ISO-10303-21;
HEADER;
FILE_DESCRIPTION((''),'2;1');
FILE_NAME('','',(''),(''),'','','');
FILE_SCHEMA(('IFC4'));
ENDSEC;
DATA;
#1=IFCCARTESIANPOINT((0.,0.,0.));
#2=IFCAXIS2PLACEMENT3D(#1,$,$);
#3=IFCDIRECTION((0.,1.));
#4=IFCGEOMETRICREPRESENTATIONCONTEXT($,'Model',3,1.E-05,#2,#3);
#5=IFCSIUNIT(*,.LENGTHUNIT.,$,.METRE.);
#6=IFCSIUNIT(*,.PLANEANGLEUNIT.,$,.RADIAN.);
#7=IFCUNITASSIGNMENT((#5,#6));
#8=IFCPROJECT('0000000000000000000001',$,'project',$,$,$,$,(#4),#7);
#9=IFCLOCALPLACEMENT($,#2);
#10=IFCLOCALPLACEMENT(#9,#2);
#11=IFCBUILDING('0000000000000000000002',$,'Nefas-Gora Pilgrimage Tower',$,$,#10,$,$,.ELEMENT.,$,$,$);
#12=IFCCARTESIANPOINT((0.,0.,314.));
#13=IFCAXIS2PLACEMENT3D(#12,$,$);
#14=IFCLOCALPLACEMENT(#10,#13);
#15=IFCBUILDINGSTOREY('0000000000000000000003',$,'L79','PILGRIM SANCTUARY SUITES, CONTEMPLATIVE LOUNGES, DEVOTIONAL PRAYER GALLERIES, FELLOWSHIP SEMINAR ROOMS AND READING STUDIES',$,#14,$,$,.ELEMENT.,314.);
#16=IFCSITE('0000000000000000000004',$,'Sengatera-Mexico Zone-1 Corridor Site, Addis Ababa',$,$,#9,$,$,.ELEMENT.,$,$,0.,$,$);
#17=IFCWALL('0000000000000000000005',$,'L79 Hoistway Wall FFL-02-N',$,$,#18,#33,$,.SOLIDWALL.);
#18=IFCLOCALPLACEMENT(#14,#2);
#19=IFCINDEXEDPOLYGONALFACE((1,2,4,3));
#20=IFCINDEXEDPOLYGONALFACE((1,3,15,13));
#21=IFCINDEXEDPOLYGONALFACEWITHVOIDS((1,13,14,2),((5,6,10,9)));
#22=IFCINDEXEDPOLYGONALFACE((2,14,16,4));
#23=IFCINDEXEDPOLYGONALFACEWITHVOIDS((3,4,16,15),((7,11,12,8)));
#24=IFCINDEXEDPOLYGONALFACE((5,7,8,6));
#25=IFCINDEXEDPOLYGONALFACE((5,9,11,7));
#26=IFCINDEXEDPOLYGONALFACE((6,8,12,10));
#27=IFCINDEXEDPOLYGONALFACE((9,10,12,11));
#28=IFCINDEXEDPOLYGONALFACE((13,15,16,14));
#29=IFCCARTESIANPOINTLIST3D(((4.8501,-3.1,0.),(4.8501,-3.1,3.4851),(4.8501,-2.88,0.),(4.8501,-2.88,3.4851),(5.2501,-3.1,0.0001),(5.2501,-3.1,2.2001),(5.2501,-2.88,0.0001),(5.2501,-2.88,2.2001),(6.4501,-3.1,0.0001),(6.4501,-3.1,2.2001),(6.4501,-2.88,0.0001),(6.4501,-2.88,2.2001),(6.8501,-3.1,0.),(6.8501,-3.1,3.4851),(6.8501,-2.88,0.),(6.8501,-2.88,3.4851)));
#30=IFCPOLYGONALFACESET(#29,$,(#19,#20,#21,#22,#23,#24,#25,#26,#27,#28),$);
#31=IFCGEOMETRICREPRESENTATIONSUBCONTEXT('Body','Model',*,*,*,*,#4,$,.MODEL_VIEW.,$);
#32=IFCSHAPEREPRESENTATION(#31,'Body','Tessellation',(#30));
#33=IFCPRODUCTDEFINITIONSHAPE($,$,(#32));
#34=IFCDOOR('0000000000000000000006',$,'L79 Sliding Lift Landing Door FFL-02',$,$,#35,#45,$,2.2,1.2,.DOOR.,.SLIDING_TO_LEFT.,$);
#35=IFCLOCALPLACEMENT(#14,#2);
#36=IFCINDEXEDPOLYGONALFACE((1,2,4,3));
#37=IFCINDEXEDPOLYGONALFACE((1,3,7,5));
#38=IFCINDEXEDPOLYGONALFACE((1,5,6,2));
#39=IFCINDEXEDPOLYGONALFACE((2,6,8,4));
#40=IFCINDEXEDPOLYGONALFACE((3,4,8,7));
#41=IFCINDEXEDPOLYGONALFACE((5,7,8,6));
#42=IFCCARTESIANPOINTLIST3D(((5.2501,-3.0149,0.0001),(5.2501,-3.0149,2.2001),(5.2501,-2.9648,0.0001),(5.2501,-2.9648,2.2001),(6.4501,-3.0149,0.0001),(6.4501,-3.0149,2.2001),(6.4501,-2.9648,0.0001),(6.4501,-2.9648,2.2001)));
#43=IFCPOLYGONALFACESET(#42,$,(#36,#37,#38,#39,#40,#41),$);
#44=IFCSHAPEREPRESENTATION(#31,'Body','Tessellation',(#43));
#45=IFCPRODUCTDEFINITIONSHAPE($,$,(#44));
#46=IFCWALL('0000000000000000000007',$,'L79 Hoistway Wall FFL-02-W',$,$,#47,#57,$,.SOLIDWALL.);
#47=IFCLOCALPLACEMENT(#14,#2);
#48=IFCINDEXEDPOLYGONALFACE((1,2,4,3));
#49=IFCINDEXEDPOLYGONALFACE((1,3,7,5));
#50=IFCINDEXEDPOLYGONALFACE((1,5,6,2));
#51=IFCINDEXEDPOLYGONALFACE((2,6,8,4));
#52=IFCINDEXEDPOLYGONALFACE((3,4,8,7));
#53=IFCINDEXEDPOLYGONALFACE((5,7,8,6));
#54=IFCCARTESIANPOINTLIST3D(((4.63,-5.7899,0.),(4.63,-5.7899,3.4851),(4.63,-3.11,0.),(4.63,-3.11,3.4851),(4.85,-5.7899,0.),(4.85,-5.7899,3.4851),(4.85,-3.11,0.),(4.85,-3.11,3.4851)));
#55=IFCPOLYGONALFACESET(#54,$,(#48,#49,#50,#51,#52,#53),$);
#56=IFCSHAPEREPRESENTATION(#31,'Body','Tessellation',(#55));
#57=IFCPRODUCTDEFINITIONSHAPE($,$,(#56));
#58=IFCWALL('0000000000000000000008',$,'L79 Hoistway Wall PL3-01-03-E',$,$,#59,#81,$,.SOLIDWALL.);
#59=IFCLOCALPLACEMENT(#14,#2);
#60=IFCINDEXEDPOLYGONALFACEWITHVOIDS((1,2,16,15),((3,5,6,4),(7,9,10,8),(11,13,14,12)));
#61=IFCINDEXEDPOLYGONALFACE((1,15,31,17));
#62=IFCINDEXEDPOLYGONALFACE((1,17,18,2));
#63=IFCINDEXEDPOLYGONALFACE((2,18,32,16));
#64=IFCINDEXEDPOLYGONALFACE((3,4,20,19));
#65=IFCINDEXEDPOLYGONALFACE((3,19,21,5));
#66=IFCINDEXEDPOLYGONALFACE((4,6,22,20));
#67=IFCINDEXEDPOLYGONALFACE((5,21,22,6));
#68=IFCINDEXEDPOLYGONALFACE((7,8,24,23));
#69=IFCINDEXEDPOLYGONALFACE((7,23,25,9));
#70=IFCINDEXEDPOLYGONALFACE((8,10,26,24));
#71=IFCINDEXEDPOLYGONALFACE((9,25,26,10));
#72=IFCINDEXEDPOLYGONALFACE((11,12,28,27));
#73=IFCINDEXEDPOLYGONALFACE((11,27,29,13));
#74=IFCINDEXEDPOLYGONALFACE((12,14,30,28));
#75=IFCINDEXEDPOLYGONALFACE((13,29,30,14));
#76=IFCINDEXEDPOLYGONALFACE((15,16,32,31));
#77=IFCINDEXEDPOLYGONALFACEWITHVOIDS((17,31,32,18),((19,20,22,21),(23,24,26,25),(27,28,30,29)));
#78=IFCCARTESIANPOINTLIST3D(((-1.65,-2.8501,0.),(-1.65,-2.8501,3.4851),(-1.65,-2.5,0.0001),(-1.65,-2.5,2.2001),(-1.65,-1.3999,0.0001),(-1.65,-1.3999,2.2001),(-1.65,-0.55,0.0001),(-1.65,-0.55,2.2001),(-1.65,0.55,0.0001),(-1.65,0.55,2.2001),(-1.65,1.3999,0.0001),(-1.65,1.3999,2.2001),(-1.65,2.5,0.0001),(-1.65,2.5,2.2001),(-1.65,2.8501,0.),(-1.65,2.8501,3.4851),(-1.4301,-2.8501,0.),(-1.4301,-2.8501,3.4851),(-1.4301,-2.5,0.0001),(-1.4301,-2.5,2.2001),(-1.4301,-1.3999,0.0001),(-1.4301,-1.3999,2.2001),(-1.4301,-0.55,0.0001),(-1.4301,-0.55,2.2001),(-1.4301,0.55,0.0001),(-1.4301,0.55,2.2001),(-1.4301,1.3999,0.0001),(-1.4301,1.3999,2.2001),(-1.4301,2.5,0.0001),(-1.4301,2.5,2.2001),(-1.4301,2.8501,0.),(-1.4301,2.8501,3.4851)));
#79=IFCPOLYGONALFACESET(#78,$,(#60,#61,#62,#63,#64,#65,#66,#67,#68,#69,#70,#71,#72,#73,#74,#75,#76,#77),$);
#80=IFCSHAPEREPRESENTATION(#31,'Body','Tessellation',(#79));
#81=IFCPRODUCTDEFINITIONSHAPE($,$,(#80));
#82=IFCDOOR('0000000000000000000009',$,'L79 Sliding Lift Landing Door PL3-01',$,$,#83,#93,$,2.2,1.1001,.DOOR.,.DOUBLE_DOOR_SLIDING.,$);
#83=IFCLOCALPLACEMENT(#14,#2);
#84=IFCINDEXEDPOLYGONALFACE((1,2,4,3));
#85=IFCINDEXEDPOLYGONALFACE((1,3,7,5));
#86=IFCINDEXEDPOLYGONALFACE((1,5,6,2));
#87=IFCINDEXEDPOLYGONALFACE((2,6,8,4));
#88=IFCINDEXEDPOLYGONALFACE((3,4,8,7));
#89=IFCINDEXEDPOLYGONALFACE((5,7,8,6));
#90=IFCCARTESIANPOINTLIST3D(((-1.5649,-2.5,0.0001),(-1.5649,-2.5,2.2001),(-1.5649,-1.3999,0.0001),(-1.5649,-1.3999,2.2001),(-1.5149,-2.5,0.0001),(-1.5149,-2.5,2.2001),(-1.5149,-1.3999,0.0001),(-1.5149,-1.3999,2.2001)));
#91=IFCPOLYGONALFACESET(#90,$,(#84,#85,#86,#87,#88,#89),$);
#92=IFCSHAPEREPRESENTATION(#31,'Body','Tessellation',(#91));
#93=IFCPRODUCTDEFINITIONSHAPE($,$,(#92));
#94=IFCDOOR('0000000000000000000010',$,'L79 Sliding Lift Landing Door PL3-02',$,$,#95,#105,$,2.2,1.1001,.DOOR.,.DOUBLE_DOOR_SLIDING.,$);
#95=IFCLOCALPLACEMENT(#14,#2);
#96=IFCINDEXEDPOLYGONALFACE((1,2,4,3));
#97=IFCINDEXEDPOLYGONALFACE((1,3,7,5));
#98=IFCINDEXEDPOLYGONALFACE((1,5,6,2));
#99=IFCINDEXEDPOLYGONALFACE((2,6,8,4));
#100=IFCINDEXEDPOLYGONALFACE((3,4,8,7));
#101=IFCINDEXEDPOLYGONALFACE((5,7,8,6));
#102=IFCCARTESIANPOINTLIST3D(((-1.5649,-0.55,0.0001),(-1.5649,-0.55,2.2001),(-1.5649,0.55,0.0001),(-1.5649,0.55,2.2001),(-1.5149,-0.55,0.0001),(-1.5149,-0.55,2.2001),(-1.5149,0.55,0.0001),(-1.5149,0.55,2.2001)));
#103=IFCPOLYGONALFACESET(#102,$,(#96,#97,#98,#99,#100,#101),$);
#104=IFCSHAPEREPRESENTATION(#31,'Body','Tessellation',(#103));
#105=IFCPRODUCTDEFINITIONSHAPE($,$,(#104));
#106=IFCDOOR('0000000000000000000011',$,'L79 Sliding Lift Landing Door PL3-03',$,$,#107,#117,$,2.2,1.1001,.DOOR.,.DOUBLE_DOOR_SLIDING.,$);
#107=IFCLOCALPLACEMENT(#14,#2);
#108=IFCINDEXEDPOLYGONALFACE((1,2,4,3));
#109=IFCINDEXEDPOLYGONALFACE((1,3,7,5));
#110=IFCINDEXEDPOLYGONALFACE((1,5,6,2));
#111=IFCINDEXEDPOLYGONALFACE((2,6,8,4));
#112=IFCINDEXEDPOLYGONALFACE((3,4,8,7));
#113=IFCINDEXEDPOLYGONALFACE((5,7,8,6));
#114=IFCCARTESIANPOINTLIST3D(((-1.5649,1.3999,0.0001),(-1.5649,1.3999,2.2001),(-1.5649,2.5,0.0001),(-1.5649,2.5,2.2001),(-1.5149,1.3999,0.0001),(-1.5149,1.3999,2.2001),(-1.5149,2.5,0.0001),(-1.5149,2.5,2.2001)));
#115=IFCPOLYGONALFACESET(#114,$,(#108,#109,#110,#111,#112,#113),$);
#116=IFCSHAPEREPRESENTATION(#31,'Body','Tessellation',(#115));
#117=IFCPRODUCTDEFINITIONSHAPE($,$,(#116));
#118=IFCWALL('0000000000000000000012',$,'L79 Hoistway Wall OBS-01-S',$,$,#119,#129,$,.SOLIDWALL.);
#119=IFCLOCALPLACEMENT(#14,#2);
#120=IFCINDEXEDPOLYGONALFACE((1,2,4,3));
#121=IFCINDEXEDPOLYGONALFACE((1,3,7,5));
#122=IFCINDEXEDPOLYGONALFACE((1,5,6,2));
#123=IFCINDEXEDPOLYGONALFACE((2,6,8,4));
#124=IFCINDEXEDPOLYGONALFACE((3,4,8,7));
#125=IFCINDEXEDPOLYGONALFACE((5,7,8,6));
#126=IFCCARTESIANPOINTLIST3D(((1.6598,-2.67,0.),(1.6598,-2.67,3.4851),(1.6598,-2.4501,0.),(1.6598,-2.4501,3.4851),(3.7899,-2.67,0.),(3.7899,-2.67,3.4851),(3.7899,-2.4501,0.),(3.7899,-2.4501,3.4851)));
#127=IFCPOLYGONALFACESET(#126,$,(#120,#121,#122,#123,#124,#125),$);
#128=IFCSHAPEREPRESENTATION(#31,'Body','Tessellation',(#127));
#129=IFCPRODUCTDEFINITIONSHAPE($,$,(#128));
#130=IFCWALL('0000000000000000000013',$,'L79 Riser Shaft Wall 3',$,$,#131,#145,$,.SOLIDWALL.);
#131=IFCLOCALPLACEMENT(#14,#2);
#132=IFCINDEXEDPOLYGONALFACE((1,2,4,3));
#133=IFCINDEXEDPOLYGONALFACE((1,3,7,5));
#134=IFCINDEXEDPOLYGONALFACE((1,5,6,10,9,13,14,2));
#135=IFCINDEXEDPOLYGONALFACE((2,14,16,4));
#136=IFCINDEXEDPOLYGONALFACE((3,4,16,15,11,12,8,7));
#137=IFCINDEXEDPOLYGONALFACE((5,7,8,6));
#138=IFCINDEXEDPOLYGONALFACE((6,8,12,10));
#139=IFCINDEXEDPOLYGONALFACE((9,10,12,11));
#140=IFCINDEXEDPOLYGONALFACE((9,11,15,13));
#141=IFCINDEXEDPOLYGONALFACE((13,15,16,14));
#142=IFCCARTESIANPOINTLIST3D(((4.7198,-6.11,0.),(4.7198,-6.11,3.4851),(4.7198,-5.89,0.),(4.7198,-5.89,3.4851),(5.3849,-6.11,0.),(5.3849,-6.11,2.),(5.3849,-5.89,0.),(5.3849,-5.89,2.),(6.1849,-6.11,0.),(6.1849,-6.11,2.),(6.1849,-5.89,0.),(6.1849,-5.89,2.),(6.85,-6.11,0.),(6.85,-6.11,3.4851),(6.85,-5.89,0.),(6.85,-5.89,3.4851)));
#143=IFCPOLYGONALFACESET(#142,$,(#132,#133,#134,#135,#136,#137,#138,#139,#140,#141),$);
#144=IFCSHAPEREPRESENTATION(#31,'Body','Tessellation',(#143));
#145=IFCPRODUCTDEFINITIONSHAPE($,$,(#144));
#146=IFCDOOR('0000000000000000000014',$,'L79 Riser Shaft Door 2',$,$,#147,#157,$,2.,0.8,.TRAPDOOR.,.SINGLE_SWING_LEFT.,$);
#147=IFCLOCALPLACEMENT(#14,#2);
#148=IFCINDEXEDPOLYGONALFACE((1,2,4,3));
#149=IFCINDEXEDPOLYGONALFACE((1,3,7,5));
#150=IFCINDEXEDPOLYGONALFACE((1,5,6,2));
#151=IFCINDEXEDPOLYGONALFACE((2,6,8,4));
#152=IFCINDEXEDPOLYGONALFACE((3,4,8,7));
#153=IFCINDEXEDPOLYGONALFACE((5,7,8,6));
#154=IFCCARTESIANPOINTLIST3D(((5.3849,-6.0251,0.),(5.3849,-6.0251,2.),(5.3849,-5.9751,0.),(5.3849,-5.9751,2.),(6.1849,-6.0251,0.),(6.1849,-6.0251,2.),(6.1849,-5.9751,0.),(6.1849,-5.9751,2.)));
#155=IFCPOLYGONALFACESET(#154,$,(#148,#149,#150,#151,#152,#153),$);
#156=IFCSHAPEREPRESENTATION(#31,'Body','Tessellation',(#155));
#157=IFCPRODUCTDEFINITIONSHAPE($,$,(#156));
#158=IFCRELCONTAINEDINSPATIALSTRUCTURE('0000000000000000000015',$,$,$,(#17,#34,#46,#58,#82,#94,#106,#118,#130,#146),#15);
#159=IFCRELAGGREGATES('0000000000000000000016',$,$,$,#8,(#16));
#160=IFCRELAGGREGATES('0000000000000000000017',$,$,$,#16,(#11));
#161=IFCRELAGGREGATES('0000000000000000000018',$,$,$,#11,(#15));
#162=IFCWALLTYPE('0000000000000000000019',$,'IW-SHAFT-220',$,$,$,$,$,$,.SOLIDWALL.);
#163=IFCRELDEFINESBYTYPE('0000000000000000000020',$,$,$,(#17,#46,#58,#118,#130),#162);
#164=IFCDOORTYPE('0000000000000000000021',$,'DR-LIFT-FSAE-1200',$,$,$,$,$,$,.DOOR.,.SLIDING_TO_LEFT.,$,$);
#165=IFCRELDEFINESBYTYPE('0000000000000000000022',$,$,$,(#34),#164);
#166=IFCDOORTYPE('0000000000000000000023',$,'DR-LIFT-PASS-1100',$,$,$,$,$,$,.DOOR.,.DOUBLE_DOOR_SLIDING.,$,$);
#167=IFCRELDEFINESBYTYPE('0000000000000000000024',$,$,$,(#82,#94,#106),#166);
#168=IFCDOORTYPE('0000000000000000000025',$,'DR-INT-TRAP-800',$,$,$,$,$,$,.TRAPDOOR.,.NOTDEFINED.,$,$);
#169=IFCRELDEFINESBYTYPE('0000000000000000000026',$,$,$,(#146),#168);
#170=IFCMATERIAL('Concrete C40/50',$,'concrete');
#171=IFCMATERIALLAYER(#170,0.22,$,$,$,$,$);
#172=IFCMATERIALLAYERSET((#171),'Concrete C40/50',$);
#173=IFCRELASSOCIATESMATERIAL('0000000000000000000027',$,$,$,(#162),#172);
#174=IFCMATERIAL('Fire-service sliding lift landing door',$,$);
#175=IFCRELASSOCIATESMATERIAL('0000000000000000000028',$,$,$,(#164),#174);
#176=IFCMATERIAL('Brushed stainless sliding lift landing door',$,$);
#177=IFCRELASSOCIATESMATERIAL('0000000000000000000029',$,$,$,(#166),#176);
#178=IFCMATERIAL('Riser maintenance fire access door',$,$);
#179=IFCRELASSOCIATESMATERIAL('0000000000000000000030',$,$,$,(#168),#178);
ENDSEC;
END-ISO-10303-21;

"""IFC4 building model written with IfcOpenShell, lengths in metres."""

from ifc_helpers import new_model, si_unit, direction, frame, frame_2d, origin, place, context, subcontext, project, spatial, rectangle, extrude, source, transform, mapped, material, layer, layer_set, type_object, element, fill, save


model = new_model("IFC4")

# Units and contexts
model_context = context("Model", 3, precision=1e-05, world=origin(), true_north=direction((0.0, 1.0)))
body_context = subcontext(model_context, "Body", "Model", "MODEL_VIEW")
ifc_project = project(units=[si_unit("LENGTHUNIT", "METRE"), si_unit("PLANEANGLEUNIT", "RADIAN")], contexts=[model_context])

# Site, building, storey
site_placement = place(None, origin())
site = spatial("IfcSite", under=ifc_project, at=site_placement, Name="Sengatera-Mexico Zone-1 Corridor Site, Addis Ababa", CompositionType="ELEMENT", RefElevation=0.0)
building_placement = place(site_placement, origin())
building = spatial("IfcBuilding", under=site, at=building_placement, Name="Nefas-Gora Pilgrimage Tower", CompositionType="ELEMENT")
storey_placement = place(building_placement, frame((0.0, 0.0, 314.0)))
storey = spatial("IfcBuildingStorey", under=building, at=storey_placement, Name="L79", Description="PILGRIM SANCTUARY SUITES, CONTEMPLATIVE LOUNGES, DEVOTIONAL PRAYER GALLERIES, FELLOWSHIP SEMINAR ROOMS AND READING STUDIES", CompositionType="ELEMENT", Elevation=314.0)

# Shared definitions
ifc_material_1 = material(Name="Concrete C40/50", Category="concrete")

# Wall, opening, door
ifc_layer_1 = layer(ifc_material_1, 0.22)
ifc_layer_set_1 = layer_set([ifc_layer_1], Name="Concrete C40/50")
wall_type_1 = type_object("IfcWallType", Name="IW-SHAFT-220", PredefinedType="SOLIDWALL", material=ifc_layer_set_1)
shared_shape_1 = source(origin(), body_context, "Body", "SweptSolid", [
    extrude(rectangle(XDim=2.0, YDim=0.22, at=frame_2d((1.0, 0.0))), origin(), (0.0, 0.0, 1.0), 3.4851),
])
wall_1_placement = place(storey_placement, frame((6.8501, -2.99, 0.0), z_axis=(0.0, 0.0, 1.0), x_axis=(-1.0, 0.0, 0.0)))
wall_1 = element("IfcWall", 1, at=wall_1_placement, inside=storey, type_object=wall_type_1, Name="L79 Hoistway Wall FFL-02-N", PredefinedType="SOLIDWALL", context=body_context, shape_type="MappedRepresentation", body=[
    mapped(shared_shape_1, transform((0.0, 0.0, 0.0), x_axis=(1.0, 0.0, 0.0), y_axis=(0.0, 1.0, 0.0), z_axis=(0.0, 0.0, 1.0), scale=1.0)),
])
opening_1_placement = place(wall_1_placement, frame((0.3999, 0.0, 0.0)))
opening_1 = element("IfcOpeningElement", 2, at=opening_1_placement, cuts=wall_1, PredefinedType="OPENING", context=body_context, shape_type="SweptSolid", body=[
    extrude(rectangle(XDim=1.2, YDim=2.2, at=frame_2d((0.6001, 1.1001))), frame((0.0, 0.1199, 0.0), z_axis=(0.0, -1.0, 0.0), x_axis=(1.0, 0.0, 0.0)), (0.0, 0.0, 1.0), 0.24),
])
ifc_material_2 = material(Name="Fire-service sliding lift landing door")
door_type_1 = type_object("IfcDoorType", Name="DR-LIFT-FSAE-1200", OperationType="SLIDING_TO_LEFT", PredefinedType="DOOR", material=ifc_material_2)
shared_shape_2 = source(origin(), body_context, "Body", "SweptSolid", [
    extrude(rectangle(XDim=1.2, YDim=2.2, at=frame_2d((0.6001, 1.1001))), frame((0.0, 0.0249, 0.0), z_axis=(0.0, -1.0, 0.0), x_axis=(1.0, 0.0, 0.0)), (0.0, 0.0, 1.0), 0.05),
])
door_1_placement = place(opening_1_placement, origin())
door_1 = element("IfcDoor", 3, at=door_1_placement, inside=storey, type_object=door_type_1, Name="L79 Sliding Lift Landing Door FFL-02", OperationType="SLIDING_TO_LEFT", OverallHeight=2.2, OverallWidth=1.2, PredefinedType="DOOR", context=body_context, shape_type="MappedRepresentation", body=[
    mapped(shared_shape_2, transform((0.0, 0.0, 0.0), x_axis=(1.0, 0.0, 0.0), y_axis=(0.0, 1.0, 0.0), z_axis=(0.0, 0.0, 1.0), scale=1.0)),
])
fill(opening_1, door_1)

# Wall
shared_shape_3 = source(origin(), body_context, "Body", "SweptSolid", [
    extrude(rectangle(XDim=2.6799, YDim=0.22, at=frame_2d((1.3398, 0.0))), origin(), (0.0, 0.0, 1.0), 3.4851),
])
wall_2_placement = place(storey_placement, frame((4.74, -3.1101, 0.0), z_axis=(0.0, 0.0, 1.0), x_axis=(0.0, -1.0, 0.0)))
element("IfcWall", 4, at=wall_2_placement, inside=storey, type_object=wall_type_1, Name="L79 Hoistway Wall FFL-02-W", PredefinedType="SOLIDWALL", context=body_context, shape_type="MappedRepresentation", body=[
    mapped(shared_shape_3, transform((0.0, 0.0, 0.0), x_axis=(1.0, 0.0, 0.0), y_axis=(0.0, 1.0, 0.0), z_axis=(0.0, 0.0, 1.0), scale=1.0)),
])

# Wall, openings, doors
shared_shape_4 = source(origin(), body_context, "Body", "SweptSolid", [
    extrude(rectangle(XDim=5.7002, YDim=0.22, at=frame_2d((2.8501, 0.0))), origin(), (0.0, 0.0, 1.0), 3.4851),
])
wall_3_placement = place(storey_placement, frame((-1.54, -2.8501, 0.0), z_axis=(0.0, 0.0, 1.0), x_axis=(0.0, 1.0, 0.0)))
wall_3 = element("IfcWall", 5, at=wall_3_placement, inside=storey, type_object=wall_type_1, Name="L79 Hoistway Wall PL3-01-03-E", PredefinedType="SOLIDWALL", context=body_context, shape_type="MappedRepresentation", body=[
    mapped(shared_shape_4, transform((0.0, 0.0, 0.0), x_axis=(1.0, 0.0, 0.0), y_axis=(0.0, 1.0, 0.0), z_axis=(0.0, 0.0, 1.0), scale=1.0)),
])
opening_2_placement = place(wall_3_placement, frame((0.3501, 0.0, 0.0)))
opening_2 = element("IfcOpeningElement", 6, at=opening_2_placement, cuts=wall_3, PredefinedType="OPENING", context=body_context, shape_type="SweptSolid", body=[
    extrude(rectangle(XDim=1.1001, YDim=2.2, at=frame_2d((0.55, 1.1001))), frame((0.0, 0.1199, 0.0), z_axis=(0.0, -1.0, 0.0), x_axis=(1.0, 0.0, 0.0)), (0.0, 0.0, 1.0), 0.24),
])
opening_3_placement = place(wall_3_placement, frame((2.3, 0.0, 0.0)))
opening_3 = element("IfcOpeningElement", 7, at=opening_3_placement, cuts=wall_3, PredefinedType="OPENING", context=body_context, shape_type="SweptSolid", body=[
    extrude(rectangle(XDim=1.1001, YDim=2.2, at=frame_2d((0.55, 1.1001))), frame((0.0, 0.1199, 0.0), z_axis=(0.0, -1.0, 0.0), x_axis=(1.0, 0.0, 0.0)), (0.0, 0.0, 1.0), 0.24),
])
opening_4_placement = place(wall_3_placement, frame((4.25, 0.0, 0.0)))
opening_4 = element("IfcOpeningElement", 8, at=opening_4_placement, cuts=wall_3, PredefinedType="OPENING", context=body_context, shape_type="SweptSolid", body=[
    extrude(rectangle(XDim=1.1001, YDim=2.2, at=frame_2d((0.55, 1.1001))), frame((0.0, 0.1199, 0.0), z_axis=(0.0, -1.0, 0.0), x_axis=(1.0, 0.0, 0.0)), (0.0, 0.0, 1.0), 0.24),
])
ifc_material_3 = material(Name="Brushed stainless sliding lift landing door")
door_type_2 = type_object("IfcDoorType", Name="DR-LIFT-PASS-1100", OperationType="DOUBLE_DOOR_SLIDING", PredefinedType="DOOR", material=ifc_material_3)
shared_shape_5 = source(origin(), body_context, "Body", "SweptSolid", [
    extrude(rectangle(XDim=1.1001, YDim=2.2, at=frame_2d((0.55, 1.1001))), frame((0.0, 0.0249, 0.0), z_axis=(0.0, -1.0, 0.0), x_axis=(1.0, 0.0, 0.0)), (0.0, 0.0, 1.0), 0.05),
])
door_2_placement = place(opening_2_placement, origin())
door_2 = element("IfcDoor", 9, at=door_2_placement, inside=storey, type_object=door_type_2, Name="L79 Sliding Lift Landing Door PL3-01", OperationType="DOUBLE_DOOR_SLIDING", OverallHeight=2.2, OverallWidth=1.1001, PredefinedType="DOOR", context=body_context, shape_type="MappedRepresentation", body=[
    mapped(shared_shape_5, transform((0.0, 0.0, 0.0), x_axis=(1.0, 0.0, 0.0), y_axis=(0.0, 1.0, 0.0), z_axis=(0.0, 0.0, 1.0), scale=1.0)),
])
fill(opening_2, door_2)
door_3_placement = place(opening_3_placement, origin())
door_3 = element("IfcDoor", 10, at=door_3_placement, inside=storey, type_object=door_type_2, Name="L79 Sliding Lift Landing Door PL3-02", OperationType="DOUBLE_DOOR_SLIDING", OverallHeight=2.2, OverallWidth=1.1001, PredefinedType="DOOR", context=body_context, shape_type="MappedRepresentation", body=[
    mapped(shared_shape_5, transform((0.0, 0.0, 0.0), x_axis=(1.0, 0.0, 0.0), y_axis=(0.0, 1.0, 0.0), z_axis=(0.0, 0.0, 1.0), scale=1.0)),
])
fill(opening_3, door_3)
door_4_placement = place(opening_4_placement, origin())
door_4 = element("IfcDoor", 11, at=door_4_placement, inside=storey, type_object=door_type_2, Name="L79 Sliding Lift Landing Door PL3-03", OperationType="DOUBLE_DOOR_SLIDING", OverallHeight=2.2, OverallWidth=1.1001, PredefinedType="DOOR", context=body_context, shape_type="MappedRepresentation", body=[
    mapped(shared_shape_5, transform((0.0, 0.0, 0.0), x_axis=(1.0, 0.0, 0.0), y_axis=(0.0, 1.0, 0.0), z_axis=(0.0, 0.0, 1.0), scale=1.0)),
])
fill(opening_4, door_4)

# Wall
shared_shape_6 = source(origin(), body_context, "Body", "SweptSolid", [
    extrude(rectangle(XDim=2.1301, YDim=0.22, at=frame_2d((1.0649, 0.0))), origin(), (0.0, 0.0, 1.0), 3.4851),
])
wall_4_placement = place(storey_placement, frame((1.6599, -2.5601, 0.0), z_axis=(0.0, 0.0, 1.0), x_axis=(1.0, 0.0, 0.0)))
element("IfcWall", 12, at=wall_4_placement, inside=storey, type_object=wall_type_1, Name="L79 Hoistway Wall OBS-01-S", PredefinedType="SOLIDWALL", context=body_context, shape_type="MappedRepresentation", body=[
    mapped(shared_shape_6, transform((0.0, 0.0, 0.0), x_axis=(1.0, 0.0, 0.0), y_axis=(0.0, 1.0, 0.0), z_axis=(0.0, 0.0, 1.0), scale=1.0)),
])

# Wall, opening, door
wall_5_placement = place(storey_placement, frame((4.72, -6.0, 0.0), z_axis=(0.0, 0.0, 1.0), x_axis=(1.0, 0.0, 0.0)))
wall_5 = element("IfcWall", 13, at=wall_5_placement, inside=storey, type_object=wall_type_1, Name="L79 Riser Shaft Wall 3", PredefinedType="SOLIDWALL", context=body_context, shape_type="MappedRepresentation", body=[
    mapped(shared_shape_6, transform((0.0, 0.0, 0.0), x_axis=(1.0, 0.0, 0.0), y_axis=(0.0, 1.0, 0.0), z_axis=(0.0, 0.0, 1.0), scale=1.0)),
])
opening_5_placement = place(wall_5_placement, frame((0.665, 0.0, 0.0)))
opening_5 = element("IfcOpeningElement", 14, at=opening_5_placement, cuts=wall_5, PredefinedType="OPENING", context=body_context, shape_type="SweptSolid", body=[
    extrude(rectangle(XDim=0.8, YDim=2.0, at=frame_2d((0.3999, 1.0))), frame((0.0, 0.1199, 0.0), z_axis=(0.0, -1.0, 0.0), x_axis=(1.0, 0.0, 0.0)), (0.0, 0.0, 1.0), 0.24),
])
ifc_material_4 = material(Name="Riser maintenance fire access door")
door_type_3 = type_object("IfcDoorType", Name="DR-INT-TRAP-800", OperationType="NOTDEFINED", PredefinedType="TRAPDOOR", material=ifc_material_4)
shared_shape_7 = source(origin(), body_context, "Body", "SweptSolid", [
    extrude(rectangle(XDim=0.8, YDim=2.0, at=frame_2d((0.3999, 1.0))), frame((0.0, 0.0249, 0.0), z_axis=(0.0, -1.0, 0.0), x_axis=(1.0, 0.0, 0.0)), (0.0, 0.0, 1.0), 0.05),
])
door_5_placement = place(opening_5_placement, origin())
door_5 = element("IfcDoor", 15, at=door_5_placement, inside=storey, type_object=door_type_3, Name="L79 Riser Shaft Door 2", OperationType="SINGLE_SWING_LEFT", OverallHeight=2.0, OverallWidth=0.8, PredefinedType="TRAPDOOR", context=body_context, shape_type="MappedRepresentation", body=[
    mapped(shared_shape_7, transform((0.0, 0.0, 0.0), x_axis=(1.0, 0.0, 0.0), y_axis=(0.0, 1.0, 0.0), z_axis=(0.0, 0.0, 1.0), scale=1.0)),
])
fill(opening_5, door_5)

save(model, "model.ifc")
